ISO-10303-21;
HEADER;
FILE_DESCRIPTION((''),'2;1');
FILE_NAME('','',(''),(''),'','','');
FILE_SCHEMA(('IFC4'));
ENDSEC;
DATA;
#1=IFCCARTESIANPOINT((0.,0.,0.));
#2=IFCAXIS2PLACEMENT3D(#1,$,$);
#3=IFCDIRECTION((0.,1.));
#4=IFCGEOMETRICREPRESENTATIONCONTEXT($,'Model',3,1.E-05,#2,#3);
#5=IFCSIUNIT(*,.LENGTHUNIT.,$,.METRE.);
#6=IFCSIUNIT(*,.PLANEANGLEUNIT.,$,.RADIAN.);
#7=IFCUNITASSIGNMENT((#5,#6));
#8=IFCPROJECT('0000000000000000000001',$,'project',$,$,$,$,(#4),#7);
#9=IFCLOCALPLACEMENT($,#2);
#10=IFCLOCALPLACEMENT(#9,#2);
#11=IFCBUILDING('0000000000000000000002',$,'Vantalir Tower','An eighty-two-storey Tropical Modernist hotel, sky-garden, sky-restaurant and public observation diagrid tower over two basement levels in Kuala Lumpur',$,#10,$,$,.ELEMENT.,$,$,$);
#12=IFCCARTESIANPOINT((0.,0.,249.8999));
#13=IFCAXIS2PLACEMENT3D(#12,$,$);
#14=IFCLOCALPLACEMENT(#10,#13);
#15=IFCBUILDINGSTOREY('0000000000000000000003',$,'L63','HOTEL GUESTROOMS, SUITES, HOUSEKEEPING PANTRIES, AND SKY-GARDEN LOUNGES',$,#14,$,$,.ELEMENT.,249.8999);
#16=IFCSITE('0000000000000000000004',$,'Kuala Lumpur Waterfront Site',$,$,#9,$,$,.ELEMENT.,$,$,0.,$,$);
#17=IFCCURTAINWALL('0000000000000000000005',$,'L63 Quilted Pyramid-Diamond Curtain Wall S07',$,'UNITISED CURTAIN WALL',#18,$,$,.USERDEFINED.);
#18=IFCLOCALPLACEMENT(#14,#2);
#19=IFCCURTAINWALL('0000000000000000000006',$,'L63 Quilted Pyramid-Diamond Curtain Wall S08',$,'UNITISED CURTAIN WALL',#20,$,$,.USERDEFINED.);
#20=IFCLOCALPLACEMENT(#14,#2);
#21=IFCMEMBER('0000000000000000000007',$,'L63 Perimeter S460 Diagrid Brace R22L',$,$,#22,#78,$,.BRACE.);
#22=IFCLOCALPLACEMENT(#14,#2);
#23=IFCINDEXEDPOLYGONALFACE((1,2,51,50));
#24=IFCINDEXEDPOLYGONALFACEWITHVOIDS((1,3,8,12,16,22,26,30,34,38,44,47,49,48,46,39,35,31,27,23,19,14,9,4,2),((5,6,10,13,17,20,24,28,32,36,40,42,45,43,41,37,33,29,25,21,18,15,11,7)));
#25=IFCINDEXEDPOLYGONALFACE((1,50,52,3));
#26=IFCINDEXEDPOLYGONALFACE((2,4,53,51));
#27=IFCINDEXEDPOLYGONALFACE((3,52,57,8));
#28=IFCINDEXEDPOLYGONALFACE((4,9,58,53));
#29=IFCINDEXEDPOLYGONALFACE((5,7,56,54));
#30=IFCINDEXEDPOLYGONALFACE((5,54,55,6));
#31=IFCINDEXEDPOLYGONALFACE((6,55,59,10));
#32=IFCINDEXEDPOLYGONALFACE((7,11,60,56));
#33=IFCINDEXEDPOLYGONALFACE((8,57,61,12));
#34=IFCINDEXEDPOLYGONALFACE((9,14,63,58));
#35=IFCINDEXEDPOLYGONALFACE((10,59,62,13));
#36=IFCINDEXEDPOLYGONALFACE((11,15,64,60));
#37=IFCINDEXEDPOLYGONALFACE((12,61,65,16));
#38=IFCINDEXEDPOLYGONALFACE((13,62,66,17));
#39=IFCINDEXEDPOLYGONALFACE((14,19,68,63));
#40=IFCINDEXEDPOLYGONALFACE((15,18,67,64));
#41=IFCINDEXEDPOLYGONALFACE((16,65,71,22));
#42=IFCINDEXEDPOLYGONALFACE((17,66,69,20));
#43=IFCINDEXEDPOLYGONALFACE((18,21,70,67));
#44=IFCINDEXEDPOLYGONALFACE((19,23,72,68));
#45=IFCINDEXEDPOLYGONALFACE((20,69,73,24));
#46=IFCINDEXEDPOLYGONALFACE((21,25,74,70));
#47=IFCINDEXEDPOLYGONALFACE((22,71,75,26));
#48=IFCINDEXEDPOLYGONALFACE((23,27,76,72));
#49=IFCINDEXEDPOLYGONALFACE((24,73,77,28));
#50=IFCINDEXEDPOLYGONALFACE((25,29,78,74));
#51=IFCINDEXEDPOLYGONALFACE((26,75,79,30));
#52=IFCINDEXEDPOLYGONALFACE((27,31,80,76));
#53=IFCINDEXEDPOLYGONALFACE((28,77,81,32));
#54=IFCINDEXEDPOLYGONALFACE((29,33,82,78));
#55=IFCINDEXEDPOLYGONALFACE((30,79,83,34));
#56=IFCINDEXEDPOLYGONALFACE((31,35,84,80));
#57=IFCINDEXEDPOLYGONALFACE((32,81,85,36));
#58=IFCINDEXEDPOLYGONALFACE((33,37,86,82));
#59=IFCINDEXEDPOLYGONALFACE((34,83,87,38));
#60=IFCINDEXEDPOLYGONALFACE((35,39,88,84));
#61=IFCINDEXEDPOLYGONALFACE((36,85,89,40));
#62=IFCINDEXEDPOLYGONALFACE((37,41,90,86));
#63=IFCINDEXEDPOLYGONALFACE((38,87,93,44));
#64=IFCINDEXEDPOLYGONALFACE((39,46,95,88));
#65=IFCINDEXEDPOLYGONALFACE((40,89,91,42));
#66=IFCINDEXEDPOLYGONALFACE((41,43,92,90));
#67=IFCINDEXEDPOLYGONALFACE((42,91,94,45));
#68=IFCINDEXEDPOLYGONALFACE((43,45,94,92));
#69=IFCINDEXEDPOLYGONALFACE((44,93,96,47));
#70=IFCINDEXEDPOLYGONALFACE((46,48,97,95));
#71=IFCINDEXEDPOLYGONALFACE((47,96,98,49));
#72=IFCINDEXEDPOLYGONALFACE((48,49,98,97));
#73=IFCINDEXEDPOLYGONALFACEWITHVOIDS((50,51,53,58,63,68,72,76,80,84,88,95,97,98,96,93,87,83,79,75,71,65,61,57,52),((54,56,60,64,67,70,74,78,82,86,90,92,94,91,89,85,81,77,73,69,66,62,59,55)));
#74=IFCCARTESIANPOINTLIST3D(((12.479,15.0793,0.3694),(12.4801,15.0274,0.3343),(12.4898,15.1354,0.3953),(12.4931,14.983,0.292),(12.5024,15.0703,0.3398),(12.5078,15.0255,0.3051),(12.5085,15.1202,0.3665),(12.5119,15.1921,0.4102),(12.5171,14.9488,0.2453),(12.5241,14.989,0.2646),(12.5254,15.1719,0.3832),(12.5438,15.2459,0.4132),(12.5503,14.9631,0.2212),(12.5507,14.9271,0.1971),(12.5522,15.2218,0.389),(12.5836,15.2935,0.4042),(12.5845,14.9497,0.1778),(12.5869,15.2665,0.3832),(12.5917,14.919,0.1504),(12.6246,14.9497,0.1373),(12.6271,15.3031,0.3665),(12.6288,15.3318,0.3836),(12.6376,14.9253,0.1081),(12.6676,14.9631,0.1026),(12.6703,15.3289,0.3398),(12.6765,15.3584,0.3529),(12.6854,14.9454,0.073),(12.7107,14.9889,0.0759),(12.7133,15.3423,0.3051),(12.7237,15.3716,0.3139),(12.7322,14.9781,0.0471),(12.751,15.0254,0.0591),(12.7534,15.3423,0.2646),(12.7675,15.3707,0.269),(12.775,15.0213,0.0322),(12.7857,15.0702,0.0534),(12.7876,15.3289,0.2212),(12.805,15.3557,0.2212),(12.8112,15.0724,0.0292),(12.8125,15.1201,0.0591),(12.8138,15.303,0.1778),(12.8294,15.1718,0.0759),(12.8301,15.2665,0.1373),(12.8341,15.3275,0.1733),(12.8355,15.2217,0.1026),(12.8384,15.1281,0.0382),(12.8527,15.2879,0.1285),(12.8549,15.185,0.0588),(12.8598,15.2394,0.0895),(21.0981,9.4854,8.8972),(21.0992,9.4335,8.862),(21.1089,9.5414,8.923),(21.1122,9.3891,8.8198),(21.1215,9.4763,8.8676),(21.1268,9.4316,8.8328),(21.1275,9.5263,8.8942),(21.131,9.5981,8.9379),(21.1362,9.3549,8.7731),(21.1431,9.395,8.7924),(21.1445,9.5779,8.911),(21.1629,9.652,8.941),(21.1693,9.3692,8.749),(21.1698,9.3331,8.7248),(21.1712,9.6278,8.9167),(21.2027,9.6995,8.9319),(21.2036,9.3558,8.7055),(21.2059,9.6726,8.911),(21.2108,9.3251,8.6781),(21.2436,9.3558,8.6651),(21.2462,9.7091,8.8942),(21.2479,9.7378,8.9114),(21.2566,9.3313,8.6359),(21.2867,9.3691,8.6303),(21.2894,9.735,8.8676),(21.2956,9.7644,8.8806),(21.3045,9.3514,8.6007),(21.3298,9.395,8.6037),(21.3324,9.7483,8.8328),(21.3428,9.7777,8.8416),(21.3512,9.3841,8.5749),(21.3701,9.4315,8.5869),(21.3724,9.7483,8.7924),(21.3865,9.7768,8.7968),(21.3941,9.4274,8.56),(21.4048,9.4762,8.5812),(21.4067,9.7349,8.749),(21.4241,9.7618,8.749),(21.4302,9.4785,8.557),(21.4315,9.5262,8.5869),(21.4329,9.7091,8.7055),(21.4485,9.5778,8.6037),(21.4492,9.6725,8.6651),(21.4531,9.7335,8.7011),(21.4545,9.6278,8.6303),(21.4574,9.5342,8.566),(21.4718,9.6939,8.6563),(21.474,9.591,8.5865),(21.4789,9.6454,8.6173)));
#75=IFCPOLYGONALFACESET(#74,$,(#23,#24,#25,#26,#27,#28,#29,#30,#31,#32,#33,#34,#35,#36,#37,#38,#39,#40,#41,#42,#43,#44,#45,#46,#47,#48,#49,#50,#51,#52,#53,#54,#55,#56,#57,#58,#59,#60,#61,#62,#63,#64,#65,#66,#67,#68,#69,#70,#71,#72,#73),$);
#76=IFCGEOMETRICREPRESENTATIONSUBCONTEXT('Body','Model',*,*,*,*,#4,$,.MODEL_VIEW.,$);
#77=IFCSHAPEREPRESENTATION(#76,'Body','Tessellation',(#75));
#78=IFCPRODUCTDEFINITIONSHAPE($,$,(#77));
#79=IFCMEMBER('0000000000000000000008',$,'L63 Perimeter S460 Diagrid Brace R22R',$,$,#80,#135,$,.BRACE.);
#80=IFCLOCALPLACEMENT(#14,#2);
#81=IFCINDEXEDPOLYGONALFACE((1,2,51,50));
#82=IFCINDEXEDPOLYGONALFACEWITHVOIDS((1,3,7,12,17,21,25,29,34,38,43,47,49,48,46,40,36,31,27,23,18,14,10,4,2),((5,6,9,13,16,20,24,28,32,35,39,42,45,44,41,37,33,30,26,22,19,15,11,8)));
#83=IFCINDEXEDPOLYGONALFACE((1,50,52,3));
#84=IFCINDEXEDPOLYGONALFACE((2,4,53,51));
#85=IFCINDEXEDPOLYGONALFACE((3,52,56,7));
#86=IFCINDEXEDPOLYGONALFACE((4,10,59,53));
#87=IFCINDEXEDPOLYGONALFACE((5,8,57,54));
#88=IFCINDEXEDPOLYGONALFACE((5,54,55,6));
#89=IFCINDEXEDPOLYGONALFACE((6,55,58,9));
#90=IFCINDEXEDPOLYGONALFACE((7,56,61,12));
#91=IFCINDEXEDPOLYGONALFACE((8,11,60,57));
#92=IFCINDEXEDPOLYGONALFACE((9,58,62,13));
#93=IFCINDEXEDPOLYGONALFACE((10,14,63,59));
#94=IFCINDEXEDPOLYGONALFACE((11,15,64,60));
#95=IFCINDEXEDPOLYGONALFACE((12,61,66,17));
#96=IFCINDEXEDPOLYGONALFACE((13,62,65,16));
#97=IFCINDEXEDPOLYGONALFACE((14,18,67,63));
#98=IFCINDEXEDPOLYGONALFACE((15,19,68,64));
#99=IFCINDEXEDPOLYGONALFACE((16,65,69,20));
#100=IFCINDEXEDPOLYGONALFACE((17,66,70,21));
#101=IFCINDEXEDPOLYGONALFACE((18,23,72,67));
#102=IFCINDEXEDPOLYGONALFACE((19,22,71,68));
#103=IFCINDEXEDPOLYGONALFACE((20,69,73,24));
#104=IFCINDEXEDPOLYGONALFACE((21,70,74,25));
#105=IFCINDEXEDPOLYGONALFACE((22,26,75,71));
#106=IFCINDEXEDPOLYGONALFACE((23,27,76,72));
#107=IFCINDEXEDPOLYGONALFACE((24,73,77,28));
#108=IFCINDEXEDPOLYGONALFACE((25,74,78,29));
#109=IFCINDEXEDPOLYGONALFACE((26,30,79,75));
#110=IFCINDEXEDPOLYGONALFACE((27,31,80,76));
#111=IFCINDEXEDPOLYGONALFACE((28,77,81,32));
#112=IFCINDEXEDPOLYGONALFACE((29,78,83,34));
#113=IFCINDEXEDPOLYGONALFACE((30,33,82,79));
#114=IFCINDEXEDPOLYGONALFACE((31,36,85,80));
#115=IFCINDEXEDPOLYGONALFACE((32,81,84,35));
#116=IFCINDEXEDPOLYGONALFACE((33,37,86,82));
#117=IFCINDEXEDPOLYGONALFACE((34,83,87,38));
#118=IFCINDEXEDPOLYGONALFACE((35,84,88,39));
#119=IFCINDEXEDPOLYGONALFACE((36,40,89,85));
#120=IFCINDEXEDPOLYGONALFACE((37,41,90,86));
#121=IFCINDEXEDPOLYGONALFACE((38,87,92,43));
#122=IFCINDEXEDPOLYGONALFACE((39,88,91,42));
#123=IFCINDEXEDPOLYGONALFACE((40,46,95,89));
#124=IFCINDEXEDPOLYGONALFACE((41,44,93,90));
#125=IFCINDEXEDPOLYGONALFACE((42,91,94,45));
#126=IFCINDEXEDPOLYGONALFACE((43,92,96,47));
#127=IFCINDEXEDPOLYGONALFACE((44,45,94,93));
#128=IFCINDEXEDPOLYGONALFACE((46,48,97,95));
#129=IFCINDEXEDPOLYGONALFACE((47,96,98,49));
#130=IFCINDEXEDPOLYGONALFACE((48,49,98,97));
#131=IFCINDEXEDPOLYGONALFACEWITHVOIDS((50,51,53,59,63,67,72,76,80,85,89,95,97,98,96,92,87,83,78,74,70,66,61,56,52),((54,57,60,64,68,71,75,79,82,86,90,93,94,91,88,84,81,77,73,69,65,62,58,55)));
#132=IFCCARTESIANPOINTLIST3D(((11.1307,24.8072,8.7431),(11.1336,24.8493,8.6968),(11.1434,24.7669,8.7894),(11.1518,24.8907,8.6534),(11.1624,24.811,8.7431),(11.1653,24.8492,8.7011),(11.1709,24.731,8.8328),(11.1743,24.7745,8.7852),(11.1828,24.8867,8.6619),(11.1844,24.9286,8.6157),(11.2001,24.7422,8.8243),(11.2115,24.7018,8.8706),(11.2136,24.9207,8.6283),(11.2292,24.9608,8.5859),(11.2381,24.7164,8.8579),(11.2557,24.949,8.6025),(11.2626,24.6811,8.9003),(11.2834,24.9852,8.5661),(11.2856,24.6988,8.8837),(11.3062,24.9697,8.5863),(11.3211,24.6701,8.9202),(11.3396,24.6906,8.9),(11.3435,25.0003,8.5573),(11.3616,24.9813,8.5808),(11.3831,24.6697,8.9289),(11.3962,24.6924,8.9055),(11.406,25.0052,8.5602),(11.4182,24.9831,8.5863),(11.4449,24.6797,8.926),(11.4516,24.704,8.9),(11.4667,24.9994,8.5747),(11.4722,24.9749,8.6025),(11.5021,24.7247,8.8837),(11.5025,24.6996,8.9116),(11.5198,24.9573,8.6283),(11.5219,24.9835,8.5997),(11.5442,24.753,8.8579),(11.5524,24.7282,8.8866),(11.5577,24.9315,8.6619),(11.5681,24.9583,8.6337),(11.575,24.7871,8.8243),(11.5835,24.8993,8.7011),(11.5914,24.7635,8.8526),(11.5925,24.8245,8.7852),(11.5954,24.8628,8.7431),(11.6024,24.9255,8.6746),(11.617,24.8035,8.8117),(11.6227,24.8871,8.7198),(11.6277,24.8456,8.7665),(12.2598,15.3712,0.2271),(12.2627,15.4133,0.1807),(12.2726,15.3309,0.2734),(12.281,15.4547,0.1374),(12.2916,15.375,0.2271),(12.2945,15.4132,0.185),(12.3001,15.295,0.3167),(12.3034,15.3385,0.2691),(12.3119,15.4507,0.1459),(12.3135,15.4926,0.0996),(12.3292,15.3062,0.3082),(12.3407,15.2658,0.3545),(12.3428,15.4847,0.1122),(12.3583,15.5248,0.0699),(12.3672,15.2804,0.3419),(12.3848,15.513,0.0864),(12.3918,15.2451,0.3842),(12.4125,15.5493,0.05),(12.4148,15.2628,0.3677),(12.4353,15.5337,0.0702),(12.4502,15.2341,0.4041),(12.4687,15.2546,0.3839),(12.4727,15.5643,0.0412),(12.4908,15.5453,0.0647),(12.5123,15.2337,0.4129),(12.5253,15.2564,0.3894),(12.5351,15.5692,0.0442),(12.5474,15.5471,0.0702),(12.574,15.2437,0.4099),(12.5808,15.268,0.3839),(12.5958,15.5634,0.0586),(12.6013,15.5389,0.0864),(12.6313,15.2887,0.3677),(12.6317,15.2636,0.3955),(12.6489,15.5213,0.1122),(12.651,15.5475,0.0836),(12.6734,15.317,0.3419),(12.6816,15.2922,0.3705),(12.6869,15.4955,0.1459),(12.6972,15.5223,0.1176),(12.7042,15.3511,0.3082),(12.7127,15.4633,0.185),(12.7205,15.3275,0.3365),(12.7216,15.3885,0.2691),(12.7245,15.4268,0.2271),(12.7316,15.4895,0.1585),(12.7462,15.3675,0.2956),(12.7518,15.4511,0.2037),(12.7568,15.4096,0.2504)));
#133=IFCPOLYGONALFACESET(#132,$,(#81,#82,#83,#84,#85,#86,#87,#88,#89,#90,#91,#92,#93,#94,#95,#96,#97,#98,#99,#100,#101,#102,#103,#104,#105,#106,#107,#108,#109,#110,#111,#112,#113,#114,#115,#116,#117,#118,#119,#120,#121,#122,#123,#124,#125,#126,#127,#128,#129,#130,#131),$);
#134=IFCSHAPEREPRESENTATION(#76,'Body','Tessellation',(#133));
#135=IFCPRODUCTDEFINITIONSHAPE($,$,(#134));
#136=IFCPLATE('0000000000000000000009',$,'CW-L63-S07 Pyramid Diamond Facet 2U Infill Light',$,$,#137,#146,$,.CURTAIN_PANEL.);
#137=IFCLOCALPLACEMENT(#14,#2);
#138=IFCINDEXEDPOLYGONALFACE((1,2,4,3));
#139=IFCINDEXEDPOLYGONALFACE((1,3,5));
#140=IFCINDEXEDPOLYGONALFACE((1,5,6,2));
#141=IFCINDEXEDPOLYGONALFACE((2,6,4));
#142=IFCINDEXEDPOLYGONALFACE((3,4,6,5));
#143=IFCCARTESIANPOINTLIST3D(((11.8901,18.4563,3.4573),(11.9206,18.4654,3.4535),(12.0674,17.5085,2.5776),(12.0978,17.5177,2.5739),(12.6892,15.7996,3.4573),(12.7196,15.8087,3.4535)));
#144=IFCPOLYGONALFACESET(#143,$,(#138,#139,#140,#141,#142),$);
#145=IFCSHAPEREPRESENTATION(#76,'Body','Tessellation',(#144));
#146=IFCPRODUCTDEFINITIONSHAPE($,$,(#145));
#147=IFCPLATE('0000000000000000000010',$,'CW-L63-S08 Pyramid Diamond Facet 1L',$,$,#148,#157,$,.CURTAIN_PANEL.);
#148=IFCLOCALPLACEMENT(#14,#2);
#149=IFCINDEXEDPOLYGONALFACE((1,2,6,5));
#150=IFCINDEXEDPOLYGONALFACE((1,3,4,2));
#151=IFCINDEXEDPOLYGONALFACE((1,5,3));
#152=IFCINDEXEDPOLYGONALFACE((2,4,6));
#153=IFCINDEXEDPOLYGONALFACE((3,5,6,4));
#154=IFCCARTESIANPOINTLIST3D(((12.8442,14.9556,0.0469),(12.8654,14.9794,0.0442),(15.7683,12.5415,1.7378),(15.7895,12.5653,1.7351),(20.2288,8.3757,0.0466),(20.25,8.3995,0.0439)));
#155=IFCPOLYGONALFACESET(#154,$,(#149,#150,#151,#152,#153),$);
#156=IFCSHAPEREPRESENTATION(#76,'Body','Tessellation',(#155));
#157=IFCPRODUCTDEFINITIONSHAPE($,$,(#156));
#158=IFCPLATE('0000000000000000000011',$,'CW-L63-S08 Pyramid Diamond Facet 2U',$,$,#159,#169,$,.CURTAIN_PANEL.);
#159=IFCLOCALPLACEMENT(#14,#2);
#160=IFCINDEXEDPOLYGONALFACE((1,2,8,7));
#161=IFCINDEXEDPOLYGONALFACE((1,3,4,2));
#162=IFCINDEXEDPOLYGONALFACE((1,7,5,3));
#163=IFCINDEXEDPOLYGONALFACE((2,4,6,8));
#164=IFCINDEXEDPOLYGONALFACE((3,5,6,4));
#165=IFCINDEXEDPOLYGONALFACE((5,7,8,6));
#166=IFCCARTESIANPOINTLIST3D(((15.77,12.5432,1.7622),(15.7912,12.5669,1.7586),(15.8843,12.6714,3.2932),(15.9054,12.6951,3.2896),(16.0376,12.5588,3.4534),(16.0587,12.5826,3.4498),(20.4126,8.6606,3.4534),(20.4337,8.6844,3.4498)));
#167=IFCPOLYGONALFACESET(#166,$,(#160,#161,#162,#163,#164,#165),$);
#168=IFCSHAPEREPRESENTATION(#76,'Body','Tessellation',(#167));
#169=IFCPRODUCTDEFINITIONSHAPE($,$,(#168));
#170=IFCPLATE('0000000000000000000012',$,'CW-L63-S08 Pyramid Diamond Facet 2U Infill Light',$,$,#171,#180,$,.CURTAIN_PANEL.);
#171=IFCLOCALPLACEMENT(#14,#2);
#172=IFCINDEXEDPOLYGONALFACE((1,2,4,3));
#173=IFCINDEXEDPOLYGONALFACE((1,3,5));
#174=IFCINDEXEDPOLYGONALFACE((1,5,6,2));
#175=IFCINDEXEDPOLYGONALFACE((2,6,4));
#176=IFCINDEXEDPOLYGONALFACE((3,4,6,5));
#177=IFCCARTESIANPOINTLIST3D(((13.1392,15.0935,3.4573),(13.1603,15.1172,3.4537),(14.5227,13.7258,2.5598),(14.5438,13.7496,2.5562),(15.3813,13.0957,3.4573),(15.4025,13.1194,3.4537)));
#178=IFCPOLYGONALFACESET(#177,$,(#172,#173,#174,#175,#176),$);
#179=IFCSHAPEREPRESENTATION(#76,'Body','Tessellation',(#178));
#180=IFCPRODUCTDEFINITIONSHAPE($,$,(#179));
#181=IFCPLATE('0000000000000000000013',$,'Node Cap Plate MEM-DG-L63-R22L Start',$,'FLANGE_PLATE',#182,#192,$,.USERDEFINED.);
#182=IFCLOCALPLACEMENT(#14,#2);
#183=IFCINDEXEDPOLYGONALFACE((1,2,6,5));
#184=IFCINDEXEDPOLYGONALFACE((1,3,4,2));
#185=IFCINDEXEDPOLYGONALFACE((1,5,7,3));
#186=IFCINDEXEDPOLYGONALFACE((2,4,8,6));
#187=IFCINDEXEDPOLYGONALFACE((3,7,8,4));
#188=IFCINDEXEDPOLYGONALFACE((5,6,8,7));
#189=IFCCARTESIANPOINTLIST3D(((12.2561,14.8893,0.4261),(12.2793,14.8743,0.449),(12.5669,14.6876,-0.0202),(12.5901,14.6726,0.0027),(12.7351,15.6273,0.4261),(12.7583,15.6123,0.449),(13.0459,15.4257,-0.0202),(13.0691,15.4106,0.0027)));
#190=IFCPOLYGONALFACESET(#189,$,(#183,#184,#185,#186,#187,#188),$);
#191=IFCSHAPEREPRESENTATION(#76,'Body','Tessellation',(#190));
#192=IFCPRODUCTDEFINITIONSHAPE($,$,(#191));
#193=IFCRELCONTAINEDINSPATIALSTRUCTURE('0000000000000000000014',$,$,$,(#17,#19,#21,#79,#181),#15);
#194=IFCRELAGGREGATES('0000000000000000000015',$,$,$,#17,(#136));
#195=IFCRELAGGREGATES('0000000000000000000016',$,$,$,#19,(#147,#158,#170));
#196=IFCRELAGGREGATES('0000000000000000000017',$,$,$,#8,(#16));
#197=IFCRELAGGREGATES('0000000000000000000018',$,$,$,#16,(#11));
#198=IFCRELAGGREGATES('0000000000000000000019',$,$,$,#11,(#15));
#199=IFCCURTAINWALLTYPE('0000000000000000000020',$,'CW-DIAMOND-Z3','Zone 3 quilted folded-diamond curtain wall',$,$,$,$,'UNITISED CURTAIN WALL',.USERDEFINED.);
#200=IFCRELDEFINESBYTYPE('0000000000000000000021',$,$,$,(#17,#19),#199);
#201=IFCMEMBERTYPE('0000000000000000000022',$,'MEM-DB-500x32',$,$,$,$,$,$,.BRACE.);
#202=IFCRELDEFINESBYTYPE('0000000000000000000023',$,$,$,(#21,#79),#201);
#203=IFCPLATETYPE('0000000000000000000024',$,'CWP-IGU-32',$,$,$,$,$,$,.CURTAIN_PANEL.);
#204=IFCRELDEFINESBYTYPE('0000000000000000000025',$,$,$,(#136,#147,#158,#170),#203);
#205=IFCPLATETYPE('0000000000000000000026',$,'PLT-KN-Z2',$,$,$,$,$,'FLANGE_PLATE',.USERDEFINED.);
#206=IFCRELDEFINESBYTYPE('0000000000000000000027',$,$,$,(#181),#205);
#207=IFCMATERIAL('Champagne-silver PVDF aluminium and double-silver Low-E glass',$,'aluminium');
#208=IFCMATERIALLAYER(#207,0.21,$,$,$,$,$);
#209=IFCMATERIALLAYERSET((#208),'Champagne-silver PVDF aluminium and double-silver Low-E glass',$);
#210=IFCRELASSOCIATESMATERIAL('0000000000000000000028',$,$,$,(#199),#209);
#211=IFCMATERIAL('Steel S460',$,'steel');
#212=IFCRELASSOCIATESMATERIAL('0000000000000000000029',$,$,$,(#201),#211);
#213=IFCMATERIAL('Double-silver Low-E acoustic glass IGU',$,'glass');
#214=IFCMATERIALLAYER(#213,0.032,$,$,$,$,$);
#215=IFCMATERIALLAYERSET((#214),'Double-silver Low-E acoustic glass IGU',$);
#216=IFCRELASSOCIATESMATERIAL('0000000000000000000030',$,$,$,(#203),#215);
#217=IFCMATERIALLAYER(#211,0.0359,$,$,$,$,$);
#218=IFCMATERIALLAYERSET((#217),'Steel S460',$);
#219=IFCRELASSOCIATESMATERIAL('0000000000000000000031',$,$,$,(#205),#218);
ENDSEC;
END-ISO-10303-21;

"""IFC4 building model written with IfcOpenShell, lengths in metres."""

from ifc_helpers import new_model, si_unit, direction, frame, origin, origin_2d, place, context, subcontext, project, spatial, polyline, hollow_circle, outline, extrude, material, layer, layer_set, material_profile, profile_set, type_object, element, aggregate, save


model = new_model("IFC4")

# Units and contexts
model_context = context("Model", 3, precision=1e-05, world=origin(), true_north=direction((0.0, 1.0)))
body_context = subcontext(model_context, "Body", "Model", "MODEL_VIEW")
ifc_project = project(units=[si_unit("LENGTHUNIT", "METRE"), si_unit("PLANEANGLEUNIT", "RADIAN")], contexts=[model_context])

# Site, building, storey
site_placement = place(None, origin())
site = spatial("IfcSite", under=ifc_project, at=site_placement, Name="Kuala Lumpur Waterfront Site", CompositionType="ELEMENT", RefElevation=0.0)
building_placement = place(site_placement, origin())
building = spatial("IfcBuilding", under=site, at=building_placement, Name="Vantalir Tower", Description="An eighty-two-storey Tropical Modernist hotel, sky-garden, sky-restaurant and public observation diagrid tower over two basement levels in Kuala Lumpur", CompositionType="ELEMENT")
storey_placement = place(building_placement, frame((0.0, 0.0, 249.8999)))
storey = spatial("IfcBuildingStorey", under=building, at=storey_placement, Name="L63", Description="HOTEL GUESTROOMS, SUITES, HOUSEKEEPING PANTRIES, AND SKY-GARDEN LOUNGES", CompositionType="ELEMENT", Elevation=249.8999)

# Shared definitions
ifc_material_1 = material(Name="Steel S460", Category="steel")

# Curtain wall
ifc_material_2 = material(Name="Champagne-silver PVDF aluminium and double-silver Low-E glass", Category="aluminium")
ifc_layer_1 = layer(ifc_material_2, 0.21)
ifc_layer_set_1 = layer_set([ifc_layer_1], Name="Champagne-silver PVDF aluminium and double-silver Low-E glass")
curtain_wall_type = type_object("IfcCurtainWallType", Name="CW-DIAMOND-Z3", Description="Zone 3 quilted folded-diamond curtain wall", ElementType="UNITISED CURTAIN WALL", PredefinedType="USERDEFINED", material=ifc_layer_set_1)
curtain_wall_1_placement = place(storey_placement, origin())
curtain_wall_1 = element("IfcCurtainWall", 1, at=curtain_wall_1_placement, inside=storey, type_object=curtain_wall_type, Name="L63 Quilted Pyramid-Diamond Curtain Wall S07", ObjectType="UNITISED CURTAIN WALL", PredefinedType="USERDEFINED")

# Curtain wall
curtain_wall_2_placement = place(storey_placement, origin())
curtain_wall_2 = element("IfcCurtainWall", 2, at=curtain_wall_2_placement, inside=storey, type_object=curtain_wall_type, Name="L63 Quilted Pyramid-Diamond Curtain Wall S08", ObjectType="UNITISED CURTAIN WALL", PredefinedType="USERDEFINED")

# Members
ifc_material_profile_1 = material_profile(ifc_material_1, hollow_circle(Radius=0.25, WallThickness=0.032, at=origin_2d()), Name="Steel S460")
ifc_profile_set_1 = profile_set([ifc_material_profile_1], Name="Steel S460")
member_type_1 = type_object("IfcMemberType", Name="MEM-DB-500x32", PredefinedType="BRACE", material=ifc_profile_set_1)
member_1_placement = place(storey_placement, frame((12.6689, 15.146, 0.2212), z_axis=(0.645477, -0.418927, 0.638639), x_axis=(0.54441, 0.838819, 0.0)))
element("IfcMember", 3, at=member_1_placement, inside=storey, type_object=member_type_1, Name="L63 Perimeter S460 Diagrid Brace R22L", PredefinedType="BRACE", context=body_context, shape_type="SweptSolid", body=[
    extrude(hollow_circle(Radius=0.25, WallThickness=0.032, at=origin_2d()), origin(), (0.0, 0.0, 1.0), 13.353),
])
member_2_placement = place(storey_placement, frame((12.5081, 15.4009, 0.2271), z_axis=(-0.088486, 0.739455, 0.667365), x_axis=(-0.992916, -0.118816, 0.0)))
element("IfcMember", 4, at=member_2_placement, inside=storey, type_object=member_type_1, Name="L63 Perimeter S460 Diagrid Brace R22R", PredefinedType="BRACE", context=body_context, shape_type="SweptSolid", body=[
    extrude(hollow_circle(Radius=0.25, WallThickness=0.032, at=origin_2d()), origin(), (0.0, 0.0, 1.0), 12.7607),
])

# Plates
ifc_material_3 = material(Name="Double-silver Low-E acoustic glass IGU", Category="glass")
ifc_layer_2 = layer(ifc_material_3, 0.032)
ifc_layer_set_2 = layer_set([ifc_layer_2], Name="Double-silver Low-E acoustic glass IGU")
plate_type_1 = type_object("IfcPlateType", Name="CWP-IGU-32", PredefinedType="CURTAIN_PANEL", material=ifc_layer_set_2)
plate_1_placement = place(storey_placement, frame((11.8901, 18.4563, 3.4573), z_axis=(-0.951094, -0.286062, 0.116569), x_axis=(0.288026, -0.957623, 0.0)))
plate_1 = element("IfcPlate", 5, at=plate_1_placement, type_object=plate_type_1, Name="CW-L63-S07 Pyramid Diamond Facet 2U Infill Light", PredefinedType="CURTAIN_PANEL", context=body_context, shape_type="SweptSolid", body=[
    extrude(outline(polyline([(0.0, 0.0), (2.7743, 0.0), (0.9586, -0.8857), (0.0, 0.0)])), origin(), (0.0, 0.0, -1.0), 0.032),
])
aggregate(curtain_wall_1, [plate_1])
plate_2_placement = place(storey_placement, frame((12.8442, 14.9556, 0.0469), z_axis=(-0.662893, -0.743965, 0.084196), x_axis=(0.746615, -0.665257, -0.000025)))
plate_2 = element("IfcPlate", 6, at=plate_2_placement, type_object=plate_type_1, Name="CW-L63-S08 Pyramid Diamond Facet 1L", PredefinedType="CURTAIN_PANEL", context=body_context, shape_type="SweptSolid", body=[
    extrude(outline(polyline([(0.0, 0.0), (9.8907, 0.0), (3.7891, 1.697), (0.0, 0.0)])), origin(), (0.0, 0.0, -1.0), 0.032),
])
plate_3_placement = place(storey_placement, frame((16.0376, 12.5588, 3.4534), z_axis=(-0.661105, -0.741969, 0.111456), x_axis=(0.746621, -0.66525, 0.0)))
plate_3 = element("IfcPlate", 7, at=plate_3_placement, type_object=plate_type_1, Name="CW-L63-S08 Pyramid Diamond Facet 2U", PredefinedType="CURTAIN_PANEL", context=body_context, shape_type="SweptSolid", body=[
    extrude(outline(polyline([(0.0, 0.0), (5.8597, 0.0), (-0.1894, -1.7018), (-0.1893, -0.1612), (0.0, 0.0)])), origin(), (0.0, 0.0, -1.0), 0.032),
])
plate_4_placement = place(storey_placement, frame((13.1392, 15.0935, 3.4573), z_axis=(-0.661094, -0.741964, 0.111551), x_axis=(0.746624, -0.665246, 0.0)))
plate_4 = element("IfcPlate", 8, at=plate_4_placement, type_object=plate_type_1, Name="CW-L63-S08 Pyramid Diamond Facet 2U Infill Light", PredefinedType="CURTAIN_PANEL", context=body_context, shape_type="SweptSolid", body=[
    extrude(outline(polyline([(0.0, 0.0), (3.0031, 0.0), (1.9428, -0.9031), (0.0, 0.0)])), origin(), (0.0, 0.0, -1.0), 0.032),
])
aggregate(curtain_wall_2, [plate_2, plate_3, plate_4])

# Plate
ifc_layer_3 = layer(ifc_material_1, 0.0359)
ifc_layer_set_3 = layer_set([ifc_layer_3], Name="Steel S460")
plate_type_2 = type_object("IfcPlateType", Name="PLT-KN-Z2", ElementType="FLANGE_PLATE", PredefinedType="USERDEFINED", material=ifc_layer_set_3)
plate_5_placement = place(storey_placement, frame((12.5901, 14.6726, 0.0027), z_axis=(0.645409, -0.418886, 0.638734), x_axis=(0.544413, 0.838817, 0.0)))
element("IfcPlate", 9, at=plate_5_placement, inside=storey, type_object=plate_type_2, Name="Node Cap Plate MEM-DG-L63-R22L Start", ObjectType="FLANGE_PLATE", PredefinedType="USERDEFINED", context=body_context, shape_type="SweptSolid", body=[
    extrude(outline(polyline([(0.0, 0.0), (0.8799, 0.0), (0.8798, 0.58), (0.0, 0.58), (0.0, 0.0)])), origin(), (0.0, 0.0, -1.0), 0.0359),
])

save(model, "model.ifc")
